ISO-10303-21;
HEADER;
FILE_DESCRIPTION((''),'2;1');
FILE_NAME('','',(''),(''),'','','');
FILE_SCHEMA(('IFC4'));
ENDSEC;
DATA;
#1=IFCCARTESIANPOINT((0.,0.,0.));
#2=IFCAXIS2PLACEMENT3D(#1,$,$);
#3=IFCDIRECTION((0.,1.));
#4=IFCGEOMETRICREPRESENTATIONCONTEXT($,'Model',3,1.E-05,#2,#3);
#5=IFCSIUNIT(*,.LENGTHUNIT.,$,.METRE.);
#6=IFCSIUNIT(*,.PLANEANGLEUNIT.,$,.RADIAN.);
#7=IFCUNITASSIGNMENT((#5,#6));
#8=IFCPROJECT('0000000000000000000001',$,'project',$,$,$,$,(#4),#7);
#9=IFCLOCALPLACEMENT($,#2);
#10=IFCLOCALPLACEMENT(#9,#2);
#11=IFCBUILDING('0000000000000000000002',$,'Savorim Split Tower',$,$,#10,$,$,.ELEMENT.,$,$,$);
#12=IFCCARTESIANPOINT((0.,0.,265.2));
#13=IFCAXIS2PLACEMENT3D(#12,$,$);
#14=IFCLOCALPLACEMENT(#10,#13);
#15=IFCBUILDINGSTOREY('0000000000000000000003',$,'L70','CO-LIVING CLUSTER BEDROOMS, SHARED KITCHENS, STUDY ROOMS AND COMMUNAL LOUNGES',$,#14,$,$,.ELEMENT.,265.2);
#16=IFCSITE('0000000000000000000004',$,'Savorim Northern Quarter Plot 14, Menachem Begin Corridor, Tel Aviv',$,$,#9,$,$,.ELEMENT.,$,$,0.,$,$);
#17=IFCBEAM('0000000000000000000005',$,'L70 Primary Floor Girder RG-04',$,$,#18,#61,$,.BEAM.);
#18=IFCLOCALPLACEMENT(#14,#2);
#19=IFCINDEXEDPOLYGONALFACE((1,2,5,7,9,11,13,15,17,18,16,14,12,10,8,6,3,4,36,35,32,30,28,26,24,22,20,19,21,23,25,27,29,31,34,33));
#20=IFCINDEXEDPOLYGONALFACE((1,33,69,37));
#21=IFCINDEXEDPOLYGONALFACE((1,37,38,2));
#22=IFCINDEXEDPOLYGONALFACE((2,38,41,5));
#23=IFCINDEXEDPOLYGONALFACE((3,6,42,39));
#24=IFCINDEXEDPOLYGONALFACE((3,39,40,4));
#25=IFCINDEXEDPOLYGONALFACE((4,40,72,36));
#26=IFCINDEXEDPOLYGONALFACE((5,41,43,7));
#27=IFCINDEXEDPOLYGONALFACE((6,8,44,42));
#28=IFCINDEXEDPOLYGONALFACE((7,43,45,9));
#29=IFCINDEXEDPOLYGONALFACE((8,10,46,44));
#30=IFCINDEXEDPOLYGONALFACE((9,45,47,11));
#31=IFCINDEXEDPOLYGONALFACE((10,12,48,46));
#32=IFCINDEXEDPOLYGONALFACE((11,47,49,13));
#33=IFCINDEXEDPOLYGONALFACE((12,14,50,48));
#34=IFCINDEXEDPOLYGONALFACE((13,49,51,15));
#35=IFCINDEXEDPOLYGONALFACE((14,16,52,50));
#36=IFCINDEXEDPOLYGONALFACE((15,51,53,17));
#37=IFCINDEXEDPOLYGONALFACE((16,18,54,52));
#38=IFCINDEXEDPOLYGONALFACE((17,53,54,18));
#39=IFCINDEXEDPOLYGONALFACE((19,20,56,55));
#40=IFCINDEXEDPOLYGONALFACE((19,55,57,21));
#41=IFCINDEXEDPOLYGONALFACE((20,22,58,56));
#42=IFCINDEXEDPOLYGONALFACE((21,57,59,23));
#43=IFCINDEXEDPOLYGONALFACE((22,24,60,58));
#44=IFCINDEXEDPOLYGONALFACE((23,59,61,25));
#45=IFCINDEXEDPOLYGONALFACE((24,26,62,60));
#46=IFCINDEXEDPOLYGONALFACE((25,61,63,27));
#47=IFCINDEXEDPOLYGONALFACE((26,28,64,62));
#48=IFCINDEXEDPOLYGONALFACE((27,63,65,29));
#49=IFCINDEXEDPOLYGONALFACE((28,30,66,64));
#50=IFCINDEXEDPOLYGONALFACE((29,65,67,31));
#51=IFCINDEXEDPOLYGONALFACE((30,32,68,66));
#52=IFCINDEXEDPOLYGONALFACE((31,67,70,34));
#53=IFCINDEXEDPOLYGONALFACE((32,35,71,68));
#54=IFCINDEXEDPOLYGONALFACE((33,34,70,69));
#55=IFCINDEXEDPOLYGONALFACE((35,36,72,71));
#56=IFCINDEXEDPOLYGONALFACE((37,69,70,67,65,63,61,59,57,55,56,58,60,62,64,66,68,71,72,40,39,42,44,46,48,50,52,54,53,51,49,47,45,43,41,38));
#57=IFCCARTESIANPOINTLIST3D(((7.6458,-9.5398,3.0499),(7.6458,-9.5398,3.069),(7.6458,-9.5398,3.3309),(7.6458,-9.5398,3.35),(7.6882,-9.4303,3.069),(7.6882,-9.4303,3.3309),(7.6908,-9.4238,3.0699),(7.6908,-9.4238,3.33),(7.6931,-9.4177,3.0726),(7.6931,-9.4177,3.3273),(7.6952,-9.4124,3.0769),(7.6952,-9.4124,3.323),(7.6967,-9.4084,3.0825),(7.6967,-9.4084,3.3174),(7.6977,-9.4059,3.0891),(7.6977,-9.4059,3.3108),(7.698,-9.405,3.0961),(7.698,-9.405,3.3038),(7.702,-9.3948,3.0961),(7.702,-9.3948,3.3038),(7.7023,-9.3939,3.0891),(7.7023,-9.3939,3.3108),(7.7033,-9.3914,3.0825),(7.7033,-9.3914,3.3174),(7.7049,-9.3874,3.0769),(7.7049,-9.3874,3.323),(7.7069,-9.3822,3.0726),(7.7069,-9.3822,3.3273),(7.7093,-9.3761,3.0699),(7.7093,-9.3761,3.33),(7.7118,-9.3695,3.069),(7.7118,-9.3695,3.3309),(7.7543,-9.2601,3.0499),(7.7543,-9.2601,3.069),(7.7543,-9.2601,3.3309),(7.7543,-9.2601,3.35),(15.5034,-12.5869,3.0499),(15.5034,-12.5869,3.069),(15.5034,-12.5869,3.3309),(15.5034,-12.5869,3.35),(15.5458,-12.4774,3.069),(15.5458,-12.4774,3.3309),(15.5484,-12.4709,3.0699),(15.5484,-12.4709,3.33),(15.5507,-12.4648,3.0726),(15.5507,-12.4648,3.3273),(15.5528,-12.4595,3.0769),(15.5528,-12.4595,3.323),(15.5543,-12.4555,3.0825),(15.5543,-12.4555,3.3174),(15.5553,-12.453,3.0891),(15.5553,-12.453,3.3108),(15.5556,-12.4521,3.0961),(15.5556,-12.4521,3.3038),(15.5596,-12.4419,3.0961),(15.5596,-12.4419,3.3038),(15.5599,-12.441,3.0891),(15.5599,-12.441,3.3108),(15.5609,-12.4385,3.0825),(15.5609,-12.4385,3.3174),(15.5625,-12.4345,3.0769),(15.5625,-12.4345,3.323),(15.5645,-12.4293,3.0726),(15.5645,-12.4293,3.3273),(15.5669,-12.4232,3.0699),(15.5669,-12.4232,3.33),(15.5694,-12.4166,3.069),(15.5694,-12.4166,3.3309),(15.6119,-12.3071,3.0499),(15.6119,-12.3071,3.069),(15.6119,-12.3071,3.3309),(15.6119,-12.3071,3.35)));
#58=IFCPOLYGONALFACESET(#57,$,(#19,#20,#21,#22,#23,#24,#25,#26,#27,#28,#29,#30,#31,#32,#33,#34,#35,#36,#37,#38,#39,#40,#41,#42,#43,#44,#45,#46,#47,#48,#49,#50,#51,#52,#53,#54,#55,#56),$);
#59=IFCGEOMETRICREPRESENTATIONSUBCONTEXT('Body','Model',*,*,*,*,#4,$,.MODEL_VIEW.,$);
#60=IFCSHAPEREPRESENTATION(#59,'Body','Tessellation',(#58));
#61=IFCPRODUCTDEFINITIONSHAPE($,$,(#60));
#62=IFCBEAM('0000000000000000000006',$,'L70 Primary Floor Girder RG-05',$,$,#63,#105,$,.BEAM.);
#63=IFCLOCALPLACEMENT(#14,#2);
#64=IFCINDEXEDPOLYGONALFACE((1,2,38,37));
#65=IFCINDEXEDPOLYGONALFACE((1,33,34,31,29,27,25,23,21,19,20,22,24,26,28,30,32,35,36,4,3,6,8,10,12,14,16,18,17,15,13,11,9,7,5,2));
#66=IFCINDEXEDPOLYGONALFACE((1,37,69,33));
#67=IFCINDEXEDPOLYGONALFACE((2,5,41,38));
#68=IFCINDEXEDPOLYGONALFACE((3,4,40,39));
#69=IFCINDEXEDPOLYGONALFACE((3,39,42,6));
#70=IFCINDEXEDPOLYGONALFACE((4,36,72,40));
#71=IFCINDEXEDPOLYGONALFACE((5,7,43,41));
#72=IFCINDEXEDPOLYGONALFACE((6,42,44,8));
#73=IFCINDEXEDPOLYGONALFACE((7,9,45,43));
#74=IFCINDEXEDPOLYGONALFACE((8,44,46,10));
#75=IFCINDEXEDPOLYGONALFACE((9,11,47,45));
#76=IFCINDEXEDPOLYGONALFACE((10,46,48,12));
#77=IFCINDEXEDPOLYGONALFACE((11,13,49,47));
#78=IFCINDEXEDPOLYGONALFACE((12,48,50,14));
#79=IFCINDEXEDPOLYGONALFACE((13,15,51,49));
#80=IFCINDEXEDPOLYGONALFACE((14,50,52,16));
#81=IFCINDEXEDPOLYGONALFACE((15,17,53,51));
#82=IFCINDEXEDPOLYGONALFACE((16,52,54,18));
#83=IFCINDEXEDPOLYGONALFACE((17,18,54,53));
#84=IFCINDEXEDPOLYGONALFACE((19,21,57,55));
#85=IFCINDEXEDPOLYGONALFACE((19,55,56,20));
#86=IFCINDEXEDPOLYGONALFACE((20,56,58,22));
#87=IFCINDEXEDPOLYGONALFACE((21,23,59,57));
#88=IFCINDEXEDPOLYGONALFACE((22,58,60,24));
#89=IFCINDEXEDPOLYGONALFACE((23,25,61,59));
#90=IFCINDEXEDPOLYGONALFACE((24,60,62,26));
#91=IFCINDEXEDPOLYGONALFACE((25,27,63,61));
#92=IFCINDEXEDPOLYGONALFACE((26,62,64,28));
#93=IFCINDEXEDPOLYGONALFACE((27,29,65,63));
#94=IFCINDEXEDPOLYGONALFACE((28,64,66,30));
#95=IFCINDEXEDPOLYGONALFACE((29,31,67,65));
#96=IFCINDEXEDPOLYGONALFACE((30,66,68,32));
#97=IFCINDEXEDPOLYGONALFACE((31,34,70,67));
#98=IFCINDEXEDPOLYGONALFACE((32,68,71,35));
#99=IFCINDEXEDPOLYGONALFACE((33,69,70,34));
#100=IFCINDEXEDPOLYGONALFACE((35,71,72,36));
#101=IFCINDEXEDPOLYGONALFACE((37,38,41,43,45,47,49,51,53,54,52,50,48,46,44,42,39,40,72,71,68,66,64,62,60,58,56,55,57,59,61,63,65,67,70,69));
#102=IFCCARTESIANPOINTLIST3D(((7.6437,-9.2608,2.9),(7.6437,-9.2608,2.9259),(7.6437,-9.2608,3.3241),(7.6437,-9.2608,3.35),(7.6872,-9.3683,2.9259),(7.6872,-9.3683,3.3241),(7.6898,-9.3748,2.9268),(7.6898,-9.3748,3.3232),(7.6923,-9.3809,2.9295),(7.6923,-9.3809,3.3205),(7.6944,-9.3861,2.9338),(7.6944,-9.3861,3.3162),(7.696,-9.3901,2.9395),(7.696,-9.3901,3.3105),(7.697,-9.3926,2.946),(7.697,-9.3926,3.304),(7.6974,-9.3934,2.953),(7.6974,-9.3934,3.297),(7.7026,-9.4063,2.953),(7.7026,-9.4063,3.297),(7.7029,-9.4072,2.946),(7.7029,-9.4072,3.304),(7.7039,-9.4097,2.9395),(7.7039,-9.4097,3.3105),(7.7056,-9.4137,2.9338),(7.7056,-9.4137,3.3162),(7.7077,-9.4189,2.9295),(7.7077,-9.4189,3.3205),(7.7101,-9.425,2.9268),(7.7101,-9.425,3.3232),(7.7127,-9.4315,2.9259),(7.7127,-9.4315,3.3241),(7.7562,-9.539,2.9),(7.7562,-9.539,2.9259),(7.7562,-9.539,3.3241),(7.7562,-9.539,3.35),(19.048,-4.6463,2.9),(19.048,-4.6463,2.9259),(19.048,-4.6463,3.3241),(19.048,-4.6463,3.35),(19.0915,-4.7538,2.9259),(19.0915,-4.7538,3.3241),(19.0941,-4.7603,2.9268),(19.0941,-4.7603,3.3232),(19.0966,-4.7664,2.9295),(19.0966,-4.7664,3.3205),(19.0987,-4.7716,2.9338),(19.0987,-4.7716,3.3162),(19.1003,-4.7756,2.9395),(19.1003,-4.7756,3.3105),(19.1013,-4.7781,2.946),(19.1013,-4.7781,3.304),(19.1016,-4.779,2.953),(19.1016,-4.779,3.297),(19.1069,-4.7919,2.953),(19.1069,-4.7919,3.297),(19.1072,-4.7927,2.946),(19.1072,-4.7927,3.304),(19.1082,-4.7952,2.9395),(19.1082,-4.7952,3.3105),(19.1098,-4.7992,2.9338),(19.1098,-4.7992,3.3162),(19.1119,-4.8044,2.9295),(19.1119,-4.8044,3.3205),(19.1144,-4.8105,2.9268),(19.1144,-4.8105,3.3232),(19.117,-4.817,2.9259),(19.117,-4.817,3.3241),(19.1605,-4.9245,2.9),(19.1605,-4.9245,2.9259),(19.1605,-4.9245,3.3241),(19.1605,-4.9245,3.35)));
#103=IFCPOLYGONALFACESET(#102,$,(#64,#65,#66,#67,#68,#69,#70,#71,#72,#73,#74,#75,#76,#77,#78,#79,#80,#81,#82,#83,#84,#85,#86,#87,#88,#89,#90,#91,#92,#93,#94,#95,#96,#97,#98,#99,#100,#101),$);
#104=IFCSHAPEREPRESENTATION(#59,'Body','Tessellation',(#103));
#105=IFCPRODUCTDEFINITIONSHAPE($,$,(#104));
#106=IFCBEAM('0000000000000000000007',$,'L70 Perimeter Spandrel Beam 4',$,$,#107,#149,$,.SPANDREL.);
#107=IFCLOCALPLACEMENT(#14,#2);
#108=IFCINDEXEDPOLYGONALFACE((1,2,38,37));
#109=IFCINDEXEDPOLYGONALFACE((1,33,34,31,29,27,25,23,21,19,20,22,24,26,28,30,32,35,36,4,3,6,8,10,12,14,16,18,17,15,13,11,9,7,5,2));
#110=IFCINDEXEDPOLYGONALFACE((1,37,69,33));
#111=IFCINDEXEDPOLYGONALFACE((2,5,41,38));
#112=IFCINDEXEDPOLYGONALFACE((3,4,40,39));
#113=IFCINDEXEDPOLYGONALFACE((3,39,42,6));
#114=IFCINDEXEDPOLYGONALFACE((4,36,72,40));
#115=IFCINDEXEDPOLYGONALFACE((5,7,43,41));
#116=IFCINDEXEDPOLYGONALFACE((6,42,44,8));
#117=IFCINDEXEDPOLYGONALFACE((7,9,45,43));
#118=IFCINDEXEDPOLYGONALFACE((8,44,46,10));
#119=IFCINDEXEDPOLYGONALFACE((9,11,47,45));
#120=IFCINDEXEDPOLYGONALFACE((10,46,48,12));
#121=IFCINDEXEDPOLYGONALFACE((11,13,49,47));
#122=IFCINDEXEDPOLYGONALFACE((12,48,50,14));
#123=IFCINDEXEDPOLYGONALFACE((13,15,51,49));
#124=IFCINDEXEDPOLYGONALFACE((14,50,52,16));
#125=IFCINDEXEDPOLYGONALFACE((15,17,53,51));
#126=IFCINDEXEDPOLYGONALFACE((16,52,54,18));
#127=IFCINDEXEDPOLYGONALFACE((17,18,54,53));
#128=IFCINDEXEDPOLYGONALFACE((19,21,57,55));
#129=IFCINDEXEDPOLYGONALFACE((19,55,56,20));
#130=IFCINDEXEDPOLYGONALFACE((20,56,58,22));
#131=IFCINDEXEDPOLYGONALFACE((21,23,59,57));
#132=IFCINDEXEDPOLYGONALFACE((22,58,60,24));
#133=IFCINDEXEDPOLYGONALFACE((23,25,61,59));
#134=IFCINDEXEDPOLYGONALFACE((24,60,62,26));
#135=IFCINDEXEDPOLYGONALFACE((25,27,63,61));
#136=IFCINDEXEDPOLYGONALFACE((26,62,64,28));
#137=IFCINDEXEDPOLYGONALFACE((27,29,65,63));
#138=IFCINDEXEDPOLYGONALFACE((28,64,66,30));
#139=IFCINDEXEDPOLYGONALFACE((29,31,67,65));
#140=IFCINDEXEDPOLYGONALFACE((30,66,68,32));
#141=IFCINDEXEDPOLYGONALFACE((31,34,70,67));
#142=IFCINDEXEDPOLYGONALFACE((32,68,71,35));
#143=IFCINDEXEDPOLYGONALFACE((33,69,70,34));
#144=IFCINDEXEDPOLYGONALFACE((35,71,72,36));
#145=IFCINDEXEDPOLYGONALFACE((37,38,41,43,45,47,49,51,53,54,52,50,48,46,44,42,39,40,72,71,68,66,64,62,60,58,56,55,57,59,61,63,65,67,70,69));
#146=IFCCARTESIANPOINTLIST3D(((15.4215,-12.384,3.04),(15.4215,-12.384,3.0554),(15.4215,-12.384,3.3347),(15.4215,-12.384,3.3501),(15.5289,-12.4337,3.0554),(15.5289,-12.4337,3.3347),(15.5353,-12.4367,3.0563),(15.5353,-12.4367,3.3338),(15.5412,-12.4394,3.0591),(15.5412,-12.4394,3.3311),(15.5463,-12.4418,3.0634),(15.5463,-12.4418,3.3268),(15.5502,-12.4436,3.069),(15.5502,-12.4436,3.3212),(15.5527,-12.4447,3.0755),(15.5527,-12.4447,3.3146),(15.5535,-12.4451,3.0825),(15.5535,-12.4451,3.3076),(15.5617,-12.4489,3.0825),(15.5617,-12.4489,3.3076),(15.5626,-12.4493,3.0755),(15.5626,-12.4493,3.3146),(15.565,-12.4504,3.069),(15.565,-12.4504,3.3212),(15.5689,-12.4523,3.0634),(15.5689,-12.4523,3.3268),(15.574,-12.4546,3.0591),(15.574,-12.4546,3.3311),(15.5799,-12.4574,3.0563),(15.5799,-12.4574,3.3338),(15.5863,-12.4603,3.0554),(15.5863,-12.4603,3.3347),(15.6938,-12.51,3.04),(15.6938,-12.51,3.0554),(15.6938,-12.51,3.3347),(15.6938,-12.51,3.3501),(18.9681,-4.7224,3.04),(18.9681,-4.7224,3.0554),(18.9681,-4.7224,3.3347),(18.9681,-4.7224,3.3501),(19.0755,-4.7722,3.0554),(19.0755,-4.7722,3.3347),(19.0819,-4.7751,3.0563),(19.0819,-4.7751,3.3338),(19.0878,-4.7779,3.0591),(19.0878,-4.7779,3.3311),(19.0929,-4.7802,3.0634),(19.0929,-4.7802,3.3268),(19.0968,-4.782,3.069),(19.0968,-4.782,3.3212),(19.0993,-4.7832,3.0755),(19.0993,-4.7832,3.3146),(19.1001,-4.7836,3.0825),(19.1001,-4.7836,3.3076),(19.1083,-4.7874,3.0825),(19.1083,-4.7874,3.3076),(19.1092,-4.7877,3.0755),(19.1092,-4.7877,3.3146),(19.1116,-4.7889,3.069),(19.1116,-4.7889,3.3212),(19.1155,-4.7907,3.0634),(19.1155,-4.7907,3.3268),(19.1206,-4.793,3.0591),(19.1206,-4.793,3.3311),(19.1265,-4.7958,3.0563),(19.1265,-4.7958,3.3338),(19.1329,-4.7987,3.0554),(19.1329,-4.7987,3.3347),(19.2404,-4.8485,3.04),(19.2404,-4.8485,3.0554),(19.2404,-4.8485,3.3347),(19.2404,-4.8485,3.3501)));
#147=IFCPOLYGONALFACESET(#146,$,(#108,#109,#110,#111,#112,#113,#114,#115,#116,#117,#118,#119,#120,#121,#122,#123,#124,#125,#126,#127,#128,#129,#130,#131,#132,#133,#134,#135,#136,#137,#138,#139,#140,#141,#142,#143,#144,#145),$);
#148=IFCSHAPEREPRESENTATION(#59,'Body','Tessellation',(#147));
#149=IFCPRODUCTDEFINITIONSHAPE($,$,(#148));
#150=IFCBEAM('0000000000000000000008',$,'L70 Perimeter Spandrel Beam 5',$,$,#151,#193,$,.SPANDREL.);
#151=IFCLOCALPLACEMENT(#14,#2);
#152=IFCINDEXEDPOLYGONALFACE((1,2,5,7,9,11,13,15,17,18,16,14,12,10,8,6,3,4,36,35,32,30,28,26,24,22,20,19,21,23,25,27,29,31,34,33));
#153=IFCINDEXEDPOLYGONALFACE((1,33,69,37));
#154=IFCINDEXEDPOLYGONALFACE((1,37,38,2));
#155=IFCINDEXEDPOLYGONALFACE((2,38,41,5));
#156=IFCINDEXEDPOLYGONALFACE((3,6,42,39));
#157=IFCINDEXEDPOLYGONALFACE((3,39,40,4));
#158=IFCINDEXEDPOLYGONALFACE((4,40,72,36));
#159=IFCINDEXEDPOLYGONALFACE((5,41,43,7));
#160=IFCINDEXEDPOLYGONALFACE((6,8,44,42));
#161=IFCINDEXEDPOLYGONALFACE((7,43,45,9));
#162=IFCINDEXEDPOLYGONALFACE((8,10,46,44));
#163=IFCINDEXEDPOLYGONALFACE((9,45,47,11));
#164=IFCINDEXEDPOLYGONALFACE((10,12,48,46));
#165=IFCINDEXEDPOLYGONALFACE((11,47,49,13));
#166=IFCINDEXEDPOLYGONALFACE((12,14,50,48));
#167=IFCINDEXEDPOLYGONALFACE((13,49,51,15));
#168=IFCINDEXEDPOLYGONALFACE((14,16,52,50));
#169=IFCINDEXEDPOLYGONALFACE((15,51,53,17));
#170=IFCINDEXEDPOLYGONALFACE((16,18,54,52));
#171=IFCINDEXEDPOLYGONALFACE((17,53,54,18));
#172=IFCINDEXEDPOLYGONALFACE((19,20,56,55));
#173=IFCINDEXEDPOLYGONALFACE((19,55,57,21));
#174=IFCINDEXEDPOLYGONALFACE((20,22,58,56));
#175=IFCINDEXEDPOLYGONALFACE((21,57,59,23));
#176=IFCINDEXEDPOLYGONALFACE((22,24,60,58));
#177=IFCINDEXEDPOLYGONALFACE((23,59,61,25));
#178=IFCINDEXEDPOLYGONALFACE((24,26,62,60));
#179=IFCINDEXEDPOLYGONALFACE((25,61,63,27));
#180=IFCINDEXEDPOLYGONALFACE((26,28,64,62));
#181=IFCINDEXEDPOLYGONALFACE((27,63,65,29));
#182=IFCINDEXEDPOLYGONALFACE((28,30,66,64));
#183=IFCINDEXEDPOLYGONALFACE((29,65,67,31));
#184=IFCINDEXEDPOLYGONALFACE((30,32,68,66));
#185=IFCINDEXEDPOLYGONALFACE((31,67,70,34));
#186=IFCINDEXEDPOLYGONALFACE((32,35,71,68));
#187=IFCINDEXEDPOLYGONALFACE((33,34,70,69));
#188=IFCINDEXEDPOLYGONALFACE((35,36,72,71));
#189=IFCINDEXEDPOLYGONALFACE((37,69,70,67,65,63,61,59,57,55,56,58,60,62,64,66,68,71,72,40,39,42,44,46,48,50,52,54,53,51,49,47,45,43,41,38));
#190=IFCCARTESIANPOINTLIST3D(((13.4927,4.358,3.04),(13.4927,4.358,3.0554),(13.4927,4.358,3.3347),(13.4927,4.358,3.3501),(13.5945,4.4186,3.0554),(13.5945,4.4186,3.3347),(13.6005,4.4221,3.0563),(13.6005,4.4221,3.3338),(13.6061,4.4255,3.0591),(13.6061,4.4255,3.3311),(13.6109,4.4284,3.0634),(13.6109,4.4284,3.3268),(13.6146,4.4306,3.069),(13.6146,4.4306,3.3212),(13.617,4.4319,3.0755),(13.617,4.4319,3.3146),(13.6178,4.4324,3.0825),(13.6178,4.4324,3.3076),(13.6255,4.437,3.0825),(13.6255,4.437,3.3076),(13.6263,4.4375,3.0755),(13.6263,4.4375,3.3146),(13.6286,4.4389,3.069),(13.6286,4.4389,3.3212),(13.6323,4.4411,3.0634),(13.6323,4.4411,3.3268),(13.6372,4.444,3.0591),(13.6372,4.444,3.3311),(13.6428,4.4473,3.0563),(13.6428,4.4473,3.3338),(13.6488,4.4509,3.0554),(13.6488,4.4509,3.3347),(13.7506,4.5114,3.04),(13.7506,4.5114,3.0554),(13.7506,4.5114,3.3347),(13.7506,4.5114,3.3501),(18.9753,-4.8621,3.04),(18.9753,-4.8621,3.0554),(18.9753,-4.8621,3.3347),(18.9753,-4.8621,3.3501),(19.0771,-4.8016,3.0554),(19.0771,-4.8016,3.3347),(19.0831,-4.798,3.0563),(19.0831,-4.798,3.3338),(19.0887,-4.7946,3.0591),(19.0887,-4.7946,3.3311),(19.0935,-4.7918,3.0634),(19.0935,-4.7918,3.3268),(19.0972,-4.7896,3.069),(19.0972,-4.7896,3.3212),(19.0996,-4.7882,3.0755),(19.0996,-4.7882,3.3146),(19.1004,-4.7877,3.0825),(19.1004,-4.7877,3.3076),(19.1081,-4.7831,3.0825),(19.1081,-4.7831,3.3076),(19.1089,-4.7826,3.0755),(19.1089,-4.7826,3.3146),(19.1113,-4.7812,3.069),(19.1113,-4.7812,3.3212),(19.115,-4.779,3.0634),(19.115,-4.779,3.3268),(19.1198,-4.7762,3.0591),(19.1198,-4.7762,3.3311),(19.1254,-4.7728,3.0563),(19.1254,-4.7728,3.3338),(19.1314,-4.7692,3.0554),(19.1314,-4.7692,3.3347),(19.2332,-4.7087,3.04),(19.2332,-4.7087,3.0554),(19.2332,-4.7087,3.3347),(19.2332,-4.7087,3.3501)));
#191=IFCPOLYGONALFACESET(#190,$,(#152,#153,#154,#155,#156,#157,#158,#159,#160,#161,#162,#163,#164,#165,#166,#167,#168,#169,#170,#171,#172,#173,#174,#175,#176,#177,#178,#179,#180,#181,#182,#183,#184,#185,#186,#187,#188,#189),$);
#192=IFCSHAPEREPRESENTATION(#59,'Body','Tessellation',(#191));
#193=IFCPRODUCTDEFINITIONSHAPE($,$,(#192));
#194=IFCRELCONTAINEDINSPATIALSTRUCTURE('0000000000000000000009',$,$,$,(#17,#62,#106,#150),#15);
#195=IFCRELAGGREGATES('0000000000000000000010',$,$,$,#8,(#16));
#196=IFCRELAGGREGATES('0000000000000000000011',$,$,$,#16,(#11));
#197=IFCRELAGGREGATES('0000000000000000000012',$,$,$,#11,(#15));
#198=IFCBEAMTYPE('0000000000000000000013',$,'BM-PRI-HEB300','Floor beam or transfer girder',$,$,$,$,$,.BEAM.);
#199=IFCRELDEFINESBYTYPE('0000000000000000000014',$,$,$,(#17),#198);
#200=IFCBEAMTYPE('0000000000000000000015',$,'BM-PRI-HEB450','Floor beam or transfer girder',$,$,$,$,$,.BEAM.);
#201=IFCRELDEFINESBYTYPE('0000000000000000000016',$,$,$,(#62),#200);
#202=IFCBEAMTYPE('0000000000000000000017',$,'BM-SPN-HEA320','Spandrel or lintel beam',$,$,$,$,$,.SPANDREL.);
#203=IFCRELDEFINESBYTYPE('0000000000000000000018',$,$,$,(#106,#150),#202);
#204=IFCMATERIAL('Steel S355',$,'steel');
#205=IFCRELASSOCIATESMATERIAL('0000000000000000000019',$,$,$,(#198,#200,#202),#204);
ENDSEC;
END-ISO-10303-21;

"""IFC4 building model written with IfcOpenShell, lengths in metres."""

from ifc_helpers import new_model, si_unit, direction, frame, origin, origin_2d, place, context, subcontext, project, spatial, i_section, extrude, material, material_profile, profile_set, type_object, element, save


model = new_model("IFC4")

# Units and contexts
model_context = context("Model", 3, precision=1e-05, world=origin(), true_north=direction((0.0, 1.0)))
body_context = subcontext(model_context, "Body", "Model", "MODEL_VIEW")
ifc_project = project(units=[si_unit("LENGTHUNIT", "METRE"), si_unit("PLANEANGLEUNIT", "RADIAN")], contexts=[model_context])

# Site, building, storey
site_placement = place(None, origin())
site = spatial("IfcSite", under=ifc_project, at=site_placement, Name="Savorim Northern Quarter Plot 14, Menachem Begin Corridor, Tel Aviv", CompositionType="ELEMENT", RefElevation=0.0)
building_placement = place(site_placement, origin())
building = spatial("IfcBuilding", under=site, at=building_placement, Name="Savorim Split Tower", CompositionType="ELEMENT")
storey_placement = place(building_placement, frame((0.0, 0.0, 265.2)))
storey = spatial("IfcBuildingStorey", under=building, at=storey_placement, Name="L70", Description="CO-LIVING CLUSTER BEDROOMS, SHARED KITCHENS, STUDY ROOMS AND COMMUNAL LOUNGES", CompositionType="ELEMENT", Elevation=265.2)

# Shared definitions
ifc_material_1 = material(Name="Steel S355", Category="steel")

# Beams
ifc_material_profile_1 = material_profile(ifc_material_1, i_section(OverallWidth=0.3, OverallDepth=0.3, WebThickness=0.011, FlangeThickness=0.019, FilletRadius=0.0271, at=origin_2d()), Name="HEB 300")
ifc_profile_set_1 = profile_set([ifc_material_profile_1], Name="Steel S355")
beam_type_1 = type_object("IfcBeamType", Name="BM-PRI-HEB300", Description="Floor beam or transfer girder", PredefinedType="BEAM", material=ifc_profile_set_1)
beam_1_placement = place(storey_placement, frame((15.5576, -12.447, 3.2), z_axis=(-0.932351, 0.361556, 0.0), x_axis=(-0.361556, -0.932351, 0.0)))
element("IfcBeam", 1, at=beam_1_placement, inside=storey, type_object=beam_type_1, Name="L70 Primary Floor Girder RG-04", PredefinedType="BEAM", context=body_context, shape_type="SweptSolid", body=[
    extrude(i_section(OverallWidth=0.3, OverallDepth=0.3, WebThickness=0.011, FlangeThickness=0.019, FilletRadius=0.0271, at=origin_2d()), origin(), (0.0, 0.0, 1.0), 8.4277),
])
ifc_material_profile_2 = material_profile(ifc_material_1, i_section(OverallWidth=0.3, OverallDepth=0.45, WebThickness=0.0139, FlangeThickness=0.0259, FilletRadius=0.0271, at=origin_2d()), Name="HEB 450")
ifc_profile_set_2 = profile_set([ifc_material_profile_2], Name="Steel S355")
beam_type_2 = type_object("IfcBeamType", Name="BM-PRI-HEB450", Description="Floor beam or transfer girder", PredefinedType="BEAM", material=ifc_profile_set_2)
beam_2_placement = place(storey_placement, frame((19.1042, -4.7854, 3.125), z_axis=(-0.92699, -0.375086, 0.0), x_axis=(0.375086, -0.92699, 0.0)))
element("IfcBeam", 2, at=beam_2_placement, inside=storey, type_object=beam_type_2, Name="L70 Primary Floor Girder RG-05", PredefinedType="BEAM", context=body_context, shape_type="SweptSolid", body=[
    extrude(i_section(OverallWidth=0.3, OverallDepth=0.45, WebThickness=0.0139, FlangeThickness=0.0259, FilletRadius=0.0271, at=origin_2d()), origin(), (0.0, 0.0, 1.0), 12.3025),
])
ifc_material_profile_3 = material_profile(ifc_material_1, i_section(OverallWidth=0.3, OverallDepth=0.3101, WebThickness=0.009, FlangeThickness=0.0154, FilletRadius=0.0271, at=origin_2d()), Name="HEA 320")
ifc_profile_set_3 = profile_set([ifc_material_profile_3], Name="Steel S355")
beam_type_3 = type_object("IfcBeamType", Name="BM-SPN-HEA320", Description="Spandrel or lintel beam", PredefinedType="SPANDREL", material=ifc_profile_set_3)
beam_3_placement = place(storey_placement, frame((15.5576, -12.447, 3.1951), z_axis=(0.420083, 0.907486, 0.0), x_axis=(-0.907486, 0.420083, 0.0)))
element("IfcBeam", 3, at=beam_3_placement, inside=storey, type_object=beam_type_3, Name="L70 Perimeter Spandrel Beam 4", PredefinedType="SPANDREL", context=body_context, shape_type="SweptSolid", body=[
    extrude(i_section(OverallWidth=0.3, OverallDepth=0.3101, WebThickness=0.009, FlangeThickness=0.0154, FilletRadius=0.0271, at=origin_2d()), origin(), (0.0, 0.0, 1.0), 8.4426),
])
beam_4_placement = place(storey_placement, frame((19.1042, -4.7854, 3.1951), z_axis=(-0.511101, 0.85952, 0.0), x_axis=(-0.85952, -0.511101, 0.0)))
element("IfcBeam", 4, at=beam_4_placement, inside=storey, type_object=beam_type_3, Name="L70 Perimeter Spandrel Beam 5", PredefinedType="SPANDREL", context=body_context, shape_type="SweptSolid", body=[
    extrude(i_section(OverallWidth=0.3, OverallDepth=0.3101, WebThickness=0.009, FlangeThickness=0.0154, FilletRadius=0.0271, at=origin_2d()), origin(), (0.0, 0.0, 1.0), 10.7271),
])

save(model, "model.ifc")
